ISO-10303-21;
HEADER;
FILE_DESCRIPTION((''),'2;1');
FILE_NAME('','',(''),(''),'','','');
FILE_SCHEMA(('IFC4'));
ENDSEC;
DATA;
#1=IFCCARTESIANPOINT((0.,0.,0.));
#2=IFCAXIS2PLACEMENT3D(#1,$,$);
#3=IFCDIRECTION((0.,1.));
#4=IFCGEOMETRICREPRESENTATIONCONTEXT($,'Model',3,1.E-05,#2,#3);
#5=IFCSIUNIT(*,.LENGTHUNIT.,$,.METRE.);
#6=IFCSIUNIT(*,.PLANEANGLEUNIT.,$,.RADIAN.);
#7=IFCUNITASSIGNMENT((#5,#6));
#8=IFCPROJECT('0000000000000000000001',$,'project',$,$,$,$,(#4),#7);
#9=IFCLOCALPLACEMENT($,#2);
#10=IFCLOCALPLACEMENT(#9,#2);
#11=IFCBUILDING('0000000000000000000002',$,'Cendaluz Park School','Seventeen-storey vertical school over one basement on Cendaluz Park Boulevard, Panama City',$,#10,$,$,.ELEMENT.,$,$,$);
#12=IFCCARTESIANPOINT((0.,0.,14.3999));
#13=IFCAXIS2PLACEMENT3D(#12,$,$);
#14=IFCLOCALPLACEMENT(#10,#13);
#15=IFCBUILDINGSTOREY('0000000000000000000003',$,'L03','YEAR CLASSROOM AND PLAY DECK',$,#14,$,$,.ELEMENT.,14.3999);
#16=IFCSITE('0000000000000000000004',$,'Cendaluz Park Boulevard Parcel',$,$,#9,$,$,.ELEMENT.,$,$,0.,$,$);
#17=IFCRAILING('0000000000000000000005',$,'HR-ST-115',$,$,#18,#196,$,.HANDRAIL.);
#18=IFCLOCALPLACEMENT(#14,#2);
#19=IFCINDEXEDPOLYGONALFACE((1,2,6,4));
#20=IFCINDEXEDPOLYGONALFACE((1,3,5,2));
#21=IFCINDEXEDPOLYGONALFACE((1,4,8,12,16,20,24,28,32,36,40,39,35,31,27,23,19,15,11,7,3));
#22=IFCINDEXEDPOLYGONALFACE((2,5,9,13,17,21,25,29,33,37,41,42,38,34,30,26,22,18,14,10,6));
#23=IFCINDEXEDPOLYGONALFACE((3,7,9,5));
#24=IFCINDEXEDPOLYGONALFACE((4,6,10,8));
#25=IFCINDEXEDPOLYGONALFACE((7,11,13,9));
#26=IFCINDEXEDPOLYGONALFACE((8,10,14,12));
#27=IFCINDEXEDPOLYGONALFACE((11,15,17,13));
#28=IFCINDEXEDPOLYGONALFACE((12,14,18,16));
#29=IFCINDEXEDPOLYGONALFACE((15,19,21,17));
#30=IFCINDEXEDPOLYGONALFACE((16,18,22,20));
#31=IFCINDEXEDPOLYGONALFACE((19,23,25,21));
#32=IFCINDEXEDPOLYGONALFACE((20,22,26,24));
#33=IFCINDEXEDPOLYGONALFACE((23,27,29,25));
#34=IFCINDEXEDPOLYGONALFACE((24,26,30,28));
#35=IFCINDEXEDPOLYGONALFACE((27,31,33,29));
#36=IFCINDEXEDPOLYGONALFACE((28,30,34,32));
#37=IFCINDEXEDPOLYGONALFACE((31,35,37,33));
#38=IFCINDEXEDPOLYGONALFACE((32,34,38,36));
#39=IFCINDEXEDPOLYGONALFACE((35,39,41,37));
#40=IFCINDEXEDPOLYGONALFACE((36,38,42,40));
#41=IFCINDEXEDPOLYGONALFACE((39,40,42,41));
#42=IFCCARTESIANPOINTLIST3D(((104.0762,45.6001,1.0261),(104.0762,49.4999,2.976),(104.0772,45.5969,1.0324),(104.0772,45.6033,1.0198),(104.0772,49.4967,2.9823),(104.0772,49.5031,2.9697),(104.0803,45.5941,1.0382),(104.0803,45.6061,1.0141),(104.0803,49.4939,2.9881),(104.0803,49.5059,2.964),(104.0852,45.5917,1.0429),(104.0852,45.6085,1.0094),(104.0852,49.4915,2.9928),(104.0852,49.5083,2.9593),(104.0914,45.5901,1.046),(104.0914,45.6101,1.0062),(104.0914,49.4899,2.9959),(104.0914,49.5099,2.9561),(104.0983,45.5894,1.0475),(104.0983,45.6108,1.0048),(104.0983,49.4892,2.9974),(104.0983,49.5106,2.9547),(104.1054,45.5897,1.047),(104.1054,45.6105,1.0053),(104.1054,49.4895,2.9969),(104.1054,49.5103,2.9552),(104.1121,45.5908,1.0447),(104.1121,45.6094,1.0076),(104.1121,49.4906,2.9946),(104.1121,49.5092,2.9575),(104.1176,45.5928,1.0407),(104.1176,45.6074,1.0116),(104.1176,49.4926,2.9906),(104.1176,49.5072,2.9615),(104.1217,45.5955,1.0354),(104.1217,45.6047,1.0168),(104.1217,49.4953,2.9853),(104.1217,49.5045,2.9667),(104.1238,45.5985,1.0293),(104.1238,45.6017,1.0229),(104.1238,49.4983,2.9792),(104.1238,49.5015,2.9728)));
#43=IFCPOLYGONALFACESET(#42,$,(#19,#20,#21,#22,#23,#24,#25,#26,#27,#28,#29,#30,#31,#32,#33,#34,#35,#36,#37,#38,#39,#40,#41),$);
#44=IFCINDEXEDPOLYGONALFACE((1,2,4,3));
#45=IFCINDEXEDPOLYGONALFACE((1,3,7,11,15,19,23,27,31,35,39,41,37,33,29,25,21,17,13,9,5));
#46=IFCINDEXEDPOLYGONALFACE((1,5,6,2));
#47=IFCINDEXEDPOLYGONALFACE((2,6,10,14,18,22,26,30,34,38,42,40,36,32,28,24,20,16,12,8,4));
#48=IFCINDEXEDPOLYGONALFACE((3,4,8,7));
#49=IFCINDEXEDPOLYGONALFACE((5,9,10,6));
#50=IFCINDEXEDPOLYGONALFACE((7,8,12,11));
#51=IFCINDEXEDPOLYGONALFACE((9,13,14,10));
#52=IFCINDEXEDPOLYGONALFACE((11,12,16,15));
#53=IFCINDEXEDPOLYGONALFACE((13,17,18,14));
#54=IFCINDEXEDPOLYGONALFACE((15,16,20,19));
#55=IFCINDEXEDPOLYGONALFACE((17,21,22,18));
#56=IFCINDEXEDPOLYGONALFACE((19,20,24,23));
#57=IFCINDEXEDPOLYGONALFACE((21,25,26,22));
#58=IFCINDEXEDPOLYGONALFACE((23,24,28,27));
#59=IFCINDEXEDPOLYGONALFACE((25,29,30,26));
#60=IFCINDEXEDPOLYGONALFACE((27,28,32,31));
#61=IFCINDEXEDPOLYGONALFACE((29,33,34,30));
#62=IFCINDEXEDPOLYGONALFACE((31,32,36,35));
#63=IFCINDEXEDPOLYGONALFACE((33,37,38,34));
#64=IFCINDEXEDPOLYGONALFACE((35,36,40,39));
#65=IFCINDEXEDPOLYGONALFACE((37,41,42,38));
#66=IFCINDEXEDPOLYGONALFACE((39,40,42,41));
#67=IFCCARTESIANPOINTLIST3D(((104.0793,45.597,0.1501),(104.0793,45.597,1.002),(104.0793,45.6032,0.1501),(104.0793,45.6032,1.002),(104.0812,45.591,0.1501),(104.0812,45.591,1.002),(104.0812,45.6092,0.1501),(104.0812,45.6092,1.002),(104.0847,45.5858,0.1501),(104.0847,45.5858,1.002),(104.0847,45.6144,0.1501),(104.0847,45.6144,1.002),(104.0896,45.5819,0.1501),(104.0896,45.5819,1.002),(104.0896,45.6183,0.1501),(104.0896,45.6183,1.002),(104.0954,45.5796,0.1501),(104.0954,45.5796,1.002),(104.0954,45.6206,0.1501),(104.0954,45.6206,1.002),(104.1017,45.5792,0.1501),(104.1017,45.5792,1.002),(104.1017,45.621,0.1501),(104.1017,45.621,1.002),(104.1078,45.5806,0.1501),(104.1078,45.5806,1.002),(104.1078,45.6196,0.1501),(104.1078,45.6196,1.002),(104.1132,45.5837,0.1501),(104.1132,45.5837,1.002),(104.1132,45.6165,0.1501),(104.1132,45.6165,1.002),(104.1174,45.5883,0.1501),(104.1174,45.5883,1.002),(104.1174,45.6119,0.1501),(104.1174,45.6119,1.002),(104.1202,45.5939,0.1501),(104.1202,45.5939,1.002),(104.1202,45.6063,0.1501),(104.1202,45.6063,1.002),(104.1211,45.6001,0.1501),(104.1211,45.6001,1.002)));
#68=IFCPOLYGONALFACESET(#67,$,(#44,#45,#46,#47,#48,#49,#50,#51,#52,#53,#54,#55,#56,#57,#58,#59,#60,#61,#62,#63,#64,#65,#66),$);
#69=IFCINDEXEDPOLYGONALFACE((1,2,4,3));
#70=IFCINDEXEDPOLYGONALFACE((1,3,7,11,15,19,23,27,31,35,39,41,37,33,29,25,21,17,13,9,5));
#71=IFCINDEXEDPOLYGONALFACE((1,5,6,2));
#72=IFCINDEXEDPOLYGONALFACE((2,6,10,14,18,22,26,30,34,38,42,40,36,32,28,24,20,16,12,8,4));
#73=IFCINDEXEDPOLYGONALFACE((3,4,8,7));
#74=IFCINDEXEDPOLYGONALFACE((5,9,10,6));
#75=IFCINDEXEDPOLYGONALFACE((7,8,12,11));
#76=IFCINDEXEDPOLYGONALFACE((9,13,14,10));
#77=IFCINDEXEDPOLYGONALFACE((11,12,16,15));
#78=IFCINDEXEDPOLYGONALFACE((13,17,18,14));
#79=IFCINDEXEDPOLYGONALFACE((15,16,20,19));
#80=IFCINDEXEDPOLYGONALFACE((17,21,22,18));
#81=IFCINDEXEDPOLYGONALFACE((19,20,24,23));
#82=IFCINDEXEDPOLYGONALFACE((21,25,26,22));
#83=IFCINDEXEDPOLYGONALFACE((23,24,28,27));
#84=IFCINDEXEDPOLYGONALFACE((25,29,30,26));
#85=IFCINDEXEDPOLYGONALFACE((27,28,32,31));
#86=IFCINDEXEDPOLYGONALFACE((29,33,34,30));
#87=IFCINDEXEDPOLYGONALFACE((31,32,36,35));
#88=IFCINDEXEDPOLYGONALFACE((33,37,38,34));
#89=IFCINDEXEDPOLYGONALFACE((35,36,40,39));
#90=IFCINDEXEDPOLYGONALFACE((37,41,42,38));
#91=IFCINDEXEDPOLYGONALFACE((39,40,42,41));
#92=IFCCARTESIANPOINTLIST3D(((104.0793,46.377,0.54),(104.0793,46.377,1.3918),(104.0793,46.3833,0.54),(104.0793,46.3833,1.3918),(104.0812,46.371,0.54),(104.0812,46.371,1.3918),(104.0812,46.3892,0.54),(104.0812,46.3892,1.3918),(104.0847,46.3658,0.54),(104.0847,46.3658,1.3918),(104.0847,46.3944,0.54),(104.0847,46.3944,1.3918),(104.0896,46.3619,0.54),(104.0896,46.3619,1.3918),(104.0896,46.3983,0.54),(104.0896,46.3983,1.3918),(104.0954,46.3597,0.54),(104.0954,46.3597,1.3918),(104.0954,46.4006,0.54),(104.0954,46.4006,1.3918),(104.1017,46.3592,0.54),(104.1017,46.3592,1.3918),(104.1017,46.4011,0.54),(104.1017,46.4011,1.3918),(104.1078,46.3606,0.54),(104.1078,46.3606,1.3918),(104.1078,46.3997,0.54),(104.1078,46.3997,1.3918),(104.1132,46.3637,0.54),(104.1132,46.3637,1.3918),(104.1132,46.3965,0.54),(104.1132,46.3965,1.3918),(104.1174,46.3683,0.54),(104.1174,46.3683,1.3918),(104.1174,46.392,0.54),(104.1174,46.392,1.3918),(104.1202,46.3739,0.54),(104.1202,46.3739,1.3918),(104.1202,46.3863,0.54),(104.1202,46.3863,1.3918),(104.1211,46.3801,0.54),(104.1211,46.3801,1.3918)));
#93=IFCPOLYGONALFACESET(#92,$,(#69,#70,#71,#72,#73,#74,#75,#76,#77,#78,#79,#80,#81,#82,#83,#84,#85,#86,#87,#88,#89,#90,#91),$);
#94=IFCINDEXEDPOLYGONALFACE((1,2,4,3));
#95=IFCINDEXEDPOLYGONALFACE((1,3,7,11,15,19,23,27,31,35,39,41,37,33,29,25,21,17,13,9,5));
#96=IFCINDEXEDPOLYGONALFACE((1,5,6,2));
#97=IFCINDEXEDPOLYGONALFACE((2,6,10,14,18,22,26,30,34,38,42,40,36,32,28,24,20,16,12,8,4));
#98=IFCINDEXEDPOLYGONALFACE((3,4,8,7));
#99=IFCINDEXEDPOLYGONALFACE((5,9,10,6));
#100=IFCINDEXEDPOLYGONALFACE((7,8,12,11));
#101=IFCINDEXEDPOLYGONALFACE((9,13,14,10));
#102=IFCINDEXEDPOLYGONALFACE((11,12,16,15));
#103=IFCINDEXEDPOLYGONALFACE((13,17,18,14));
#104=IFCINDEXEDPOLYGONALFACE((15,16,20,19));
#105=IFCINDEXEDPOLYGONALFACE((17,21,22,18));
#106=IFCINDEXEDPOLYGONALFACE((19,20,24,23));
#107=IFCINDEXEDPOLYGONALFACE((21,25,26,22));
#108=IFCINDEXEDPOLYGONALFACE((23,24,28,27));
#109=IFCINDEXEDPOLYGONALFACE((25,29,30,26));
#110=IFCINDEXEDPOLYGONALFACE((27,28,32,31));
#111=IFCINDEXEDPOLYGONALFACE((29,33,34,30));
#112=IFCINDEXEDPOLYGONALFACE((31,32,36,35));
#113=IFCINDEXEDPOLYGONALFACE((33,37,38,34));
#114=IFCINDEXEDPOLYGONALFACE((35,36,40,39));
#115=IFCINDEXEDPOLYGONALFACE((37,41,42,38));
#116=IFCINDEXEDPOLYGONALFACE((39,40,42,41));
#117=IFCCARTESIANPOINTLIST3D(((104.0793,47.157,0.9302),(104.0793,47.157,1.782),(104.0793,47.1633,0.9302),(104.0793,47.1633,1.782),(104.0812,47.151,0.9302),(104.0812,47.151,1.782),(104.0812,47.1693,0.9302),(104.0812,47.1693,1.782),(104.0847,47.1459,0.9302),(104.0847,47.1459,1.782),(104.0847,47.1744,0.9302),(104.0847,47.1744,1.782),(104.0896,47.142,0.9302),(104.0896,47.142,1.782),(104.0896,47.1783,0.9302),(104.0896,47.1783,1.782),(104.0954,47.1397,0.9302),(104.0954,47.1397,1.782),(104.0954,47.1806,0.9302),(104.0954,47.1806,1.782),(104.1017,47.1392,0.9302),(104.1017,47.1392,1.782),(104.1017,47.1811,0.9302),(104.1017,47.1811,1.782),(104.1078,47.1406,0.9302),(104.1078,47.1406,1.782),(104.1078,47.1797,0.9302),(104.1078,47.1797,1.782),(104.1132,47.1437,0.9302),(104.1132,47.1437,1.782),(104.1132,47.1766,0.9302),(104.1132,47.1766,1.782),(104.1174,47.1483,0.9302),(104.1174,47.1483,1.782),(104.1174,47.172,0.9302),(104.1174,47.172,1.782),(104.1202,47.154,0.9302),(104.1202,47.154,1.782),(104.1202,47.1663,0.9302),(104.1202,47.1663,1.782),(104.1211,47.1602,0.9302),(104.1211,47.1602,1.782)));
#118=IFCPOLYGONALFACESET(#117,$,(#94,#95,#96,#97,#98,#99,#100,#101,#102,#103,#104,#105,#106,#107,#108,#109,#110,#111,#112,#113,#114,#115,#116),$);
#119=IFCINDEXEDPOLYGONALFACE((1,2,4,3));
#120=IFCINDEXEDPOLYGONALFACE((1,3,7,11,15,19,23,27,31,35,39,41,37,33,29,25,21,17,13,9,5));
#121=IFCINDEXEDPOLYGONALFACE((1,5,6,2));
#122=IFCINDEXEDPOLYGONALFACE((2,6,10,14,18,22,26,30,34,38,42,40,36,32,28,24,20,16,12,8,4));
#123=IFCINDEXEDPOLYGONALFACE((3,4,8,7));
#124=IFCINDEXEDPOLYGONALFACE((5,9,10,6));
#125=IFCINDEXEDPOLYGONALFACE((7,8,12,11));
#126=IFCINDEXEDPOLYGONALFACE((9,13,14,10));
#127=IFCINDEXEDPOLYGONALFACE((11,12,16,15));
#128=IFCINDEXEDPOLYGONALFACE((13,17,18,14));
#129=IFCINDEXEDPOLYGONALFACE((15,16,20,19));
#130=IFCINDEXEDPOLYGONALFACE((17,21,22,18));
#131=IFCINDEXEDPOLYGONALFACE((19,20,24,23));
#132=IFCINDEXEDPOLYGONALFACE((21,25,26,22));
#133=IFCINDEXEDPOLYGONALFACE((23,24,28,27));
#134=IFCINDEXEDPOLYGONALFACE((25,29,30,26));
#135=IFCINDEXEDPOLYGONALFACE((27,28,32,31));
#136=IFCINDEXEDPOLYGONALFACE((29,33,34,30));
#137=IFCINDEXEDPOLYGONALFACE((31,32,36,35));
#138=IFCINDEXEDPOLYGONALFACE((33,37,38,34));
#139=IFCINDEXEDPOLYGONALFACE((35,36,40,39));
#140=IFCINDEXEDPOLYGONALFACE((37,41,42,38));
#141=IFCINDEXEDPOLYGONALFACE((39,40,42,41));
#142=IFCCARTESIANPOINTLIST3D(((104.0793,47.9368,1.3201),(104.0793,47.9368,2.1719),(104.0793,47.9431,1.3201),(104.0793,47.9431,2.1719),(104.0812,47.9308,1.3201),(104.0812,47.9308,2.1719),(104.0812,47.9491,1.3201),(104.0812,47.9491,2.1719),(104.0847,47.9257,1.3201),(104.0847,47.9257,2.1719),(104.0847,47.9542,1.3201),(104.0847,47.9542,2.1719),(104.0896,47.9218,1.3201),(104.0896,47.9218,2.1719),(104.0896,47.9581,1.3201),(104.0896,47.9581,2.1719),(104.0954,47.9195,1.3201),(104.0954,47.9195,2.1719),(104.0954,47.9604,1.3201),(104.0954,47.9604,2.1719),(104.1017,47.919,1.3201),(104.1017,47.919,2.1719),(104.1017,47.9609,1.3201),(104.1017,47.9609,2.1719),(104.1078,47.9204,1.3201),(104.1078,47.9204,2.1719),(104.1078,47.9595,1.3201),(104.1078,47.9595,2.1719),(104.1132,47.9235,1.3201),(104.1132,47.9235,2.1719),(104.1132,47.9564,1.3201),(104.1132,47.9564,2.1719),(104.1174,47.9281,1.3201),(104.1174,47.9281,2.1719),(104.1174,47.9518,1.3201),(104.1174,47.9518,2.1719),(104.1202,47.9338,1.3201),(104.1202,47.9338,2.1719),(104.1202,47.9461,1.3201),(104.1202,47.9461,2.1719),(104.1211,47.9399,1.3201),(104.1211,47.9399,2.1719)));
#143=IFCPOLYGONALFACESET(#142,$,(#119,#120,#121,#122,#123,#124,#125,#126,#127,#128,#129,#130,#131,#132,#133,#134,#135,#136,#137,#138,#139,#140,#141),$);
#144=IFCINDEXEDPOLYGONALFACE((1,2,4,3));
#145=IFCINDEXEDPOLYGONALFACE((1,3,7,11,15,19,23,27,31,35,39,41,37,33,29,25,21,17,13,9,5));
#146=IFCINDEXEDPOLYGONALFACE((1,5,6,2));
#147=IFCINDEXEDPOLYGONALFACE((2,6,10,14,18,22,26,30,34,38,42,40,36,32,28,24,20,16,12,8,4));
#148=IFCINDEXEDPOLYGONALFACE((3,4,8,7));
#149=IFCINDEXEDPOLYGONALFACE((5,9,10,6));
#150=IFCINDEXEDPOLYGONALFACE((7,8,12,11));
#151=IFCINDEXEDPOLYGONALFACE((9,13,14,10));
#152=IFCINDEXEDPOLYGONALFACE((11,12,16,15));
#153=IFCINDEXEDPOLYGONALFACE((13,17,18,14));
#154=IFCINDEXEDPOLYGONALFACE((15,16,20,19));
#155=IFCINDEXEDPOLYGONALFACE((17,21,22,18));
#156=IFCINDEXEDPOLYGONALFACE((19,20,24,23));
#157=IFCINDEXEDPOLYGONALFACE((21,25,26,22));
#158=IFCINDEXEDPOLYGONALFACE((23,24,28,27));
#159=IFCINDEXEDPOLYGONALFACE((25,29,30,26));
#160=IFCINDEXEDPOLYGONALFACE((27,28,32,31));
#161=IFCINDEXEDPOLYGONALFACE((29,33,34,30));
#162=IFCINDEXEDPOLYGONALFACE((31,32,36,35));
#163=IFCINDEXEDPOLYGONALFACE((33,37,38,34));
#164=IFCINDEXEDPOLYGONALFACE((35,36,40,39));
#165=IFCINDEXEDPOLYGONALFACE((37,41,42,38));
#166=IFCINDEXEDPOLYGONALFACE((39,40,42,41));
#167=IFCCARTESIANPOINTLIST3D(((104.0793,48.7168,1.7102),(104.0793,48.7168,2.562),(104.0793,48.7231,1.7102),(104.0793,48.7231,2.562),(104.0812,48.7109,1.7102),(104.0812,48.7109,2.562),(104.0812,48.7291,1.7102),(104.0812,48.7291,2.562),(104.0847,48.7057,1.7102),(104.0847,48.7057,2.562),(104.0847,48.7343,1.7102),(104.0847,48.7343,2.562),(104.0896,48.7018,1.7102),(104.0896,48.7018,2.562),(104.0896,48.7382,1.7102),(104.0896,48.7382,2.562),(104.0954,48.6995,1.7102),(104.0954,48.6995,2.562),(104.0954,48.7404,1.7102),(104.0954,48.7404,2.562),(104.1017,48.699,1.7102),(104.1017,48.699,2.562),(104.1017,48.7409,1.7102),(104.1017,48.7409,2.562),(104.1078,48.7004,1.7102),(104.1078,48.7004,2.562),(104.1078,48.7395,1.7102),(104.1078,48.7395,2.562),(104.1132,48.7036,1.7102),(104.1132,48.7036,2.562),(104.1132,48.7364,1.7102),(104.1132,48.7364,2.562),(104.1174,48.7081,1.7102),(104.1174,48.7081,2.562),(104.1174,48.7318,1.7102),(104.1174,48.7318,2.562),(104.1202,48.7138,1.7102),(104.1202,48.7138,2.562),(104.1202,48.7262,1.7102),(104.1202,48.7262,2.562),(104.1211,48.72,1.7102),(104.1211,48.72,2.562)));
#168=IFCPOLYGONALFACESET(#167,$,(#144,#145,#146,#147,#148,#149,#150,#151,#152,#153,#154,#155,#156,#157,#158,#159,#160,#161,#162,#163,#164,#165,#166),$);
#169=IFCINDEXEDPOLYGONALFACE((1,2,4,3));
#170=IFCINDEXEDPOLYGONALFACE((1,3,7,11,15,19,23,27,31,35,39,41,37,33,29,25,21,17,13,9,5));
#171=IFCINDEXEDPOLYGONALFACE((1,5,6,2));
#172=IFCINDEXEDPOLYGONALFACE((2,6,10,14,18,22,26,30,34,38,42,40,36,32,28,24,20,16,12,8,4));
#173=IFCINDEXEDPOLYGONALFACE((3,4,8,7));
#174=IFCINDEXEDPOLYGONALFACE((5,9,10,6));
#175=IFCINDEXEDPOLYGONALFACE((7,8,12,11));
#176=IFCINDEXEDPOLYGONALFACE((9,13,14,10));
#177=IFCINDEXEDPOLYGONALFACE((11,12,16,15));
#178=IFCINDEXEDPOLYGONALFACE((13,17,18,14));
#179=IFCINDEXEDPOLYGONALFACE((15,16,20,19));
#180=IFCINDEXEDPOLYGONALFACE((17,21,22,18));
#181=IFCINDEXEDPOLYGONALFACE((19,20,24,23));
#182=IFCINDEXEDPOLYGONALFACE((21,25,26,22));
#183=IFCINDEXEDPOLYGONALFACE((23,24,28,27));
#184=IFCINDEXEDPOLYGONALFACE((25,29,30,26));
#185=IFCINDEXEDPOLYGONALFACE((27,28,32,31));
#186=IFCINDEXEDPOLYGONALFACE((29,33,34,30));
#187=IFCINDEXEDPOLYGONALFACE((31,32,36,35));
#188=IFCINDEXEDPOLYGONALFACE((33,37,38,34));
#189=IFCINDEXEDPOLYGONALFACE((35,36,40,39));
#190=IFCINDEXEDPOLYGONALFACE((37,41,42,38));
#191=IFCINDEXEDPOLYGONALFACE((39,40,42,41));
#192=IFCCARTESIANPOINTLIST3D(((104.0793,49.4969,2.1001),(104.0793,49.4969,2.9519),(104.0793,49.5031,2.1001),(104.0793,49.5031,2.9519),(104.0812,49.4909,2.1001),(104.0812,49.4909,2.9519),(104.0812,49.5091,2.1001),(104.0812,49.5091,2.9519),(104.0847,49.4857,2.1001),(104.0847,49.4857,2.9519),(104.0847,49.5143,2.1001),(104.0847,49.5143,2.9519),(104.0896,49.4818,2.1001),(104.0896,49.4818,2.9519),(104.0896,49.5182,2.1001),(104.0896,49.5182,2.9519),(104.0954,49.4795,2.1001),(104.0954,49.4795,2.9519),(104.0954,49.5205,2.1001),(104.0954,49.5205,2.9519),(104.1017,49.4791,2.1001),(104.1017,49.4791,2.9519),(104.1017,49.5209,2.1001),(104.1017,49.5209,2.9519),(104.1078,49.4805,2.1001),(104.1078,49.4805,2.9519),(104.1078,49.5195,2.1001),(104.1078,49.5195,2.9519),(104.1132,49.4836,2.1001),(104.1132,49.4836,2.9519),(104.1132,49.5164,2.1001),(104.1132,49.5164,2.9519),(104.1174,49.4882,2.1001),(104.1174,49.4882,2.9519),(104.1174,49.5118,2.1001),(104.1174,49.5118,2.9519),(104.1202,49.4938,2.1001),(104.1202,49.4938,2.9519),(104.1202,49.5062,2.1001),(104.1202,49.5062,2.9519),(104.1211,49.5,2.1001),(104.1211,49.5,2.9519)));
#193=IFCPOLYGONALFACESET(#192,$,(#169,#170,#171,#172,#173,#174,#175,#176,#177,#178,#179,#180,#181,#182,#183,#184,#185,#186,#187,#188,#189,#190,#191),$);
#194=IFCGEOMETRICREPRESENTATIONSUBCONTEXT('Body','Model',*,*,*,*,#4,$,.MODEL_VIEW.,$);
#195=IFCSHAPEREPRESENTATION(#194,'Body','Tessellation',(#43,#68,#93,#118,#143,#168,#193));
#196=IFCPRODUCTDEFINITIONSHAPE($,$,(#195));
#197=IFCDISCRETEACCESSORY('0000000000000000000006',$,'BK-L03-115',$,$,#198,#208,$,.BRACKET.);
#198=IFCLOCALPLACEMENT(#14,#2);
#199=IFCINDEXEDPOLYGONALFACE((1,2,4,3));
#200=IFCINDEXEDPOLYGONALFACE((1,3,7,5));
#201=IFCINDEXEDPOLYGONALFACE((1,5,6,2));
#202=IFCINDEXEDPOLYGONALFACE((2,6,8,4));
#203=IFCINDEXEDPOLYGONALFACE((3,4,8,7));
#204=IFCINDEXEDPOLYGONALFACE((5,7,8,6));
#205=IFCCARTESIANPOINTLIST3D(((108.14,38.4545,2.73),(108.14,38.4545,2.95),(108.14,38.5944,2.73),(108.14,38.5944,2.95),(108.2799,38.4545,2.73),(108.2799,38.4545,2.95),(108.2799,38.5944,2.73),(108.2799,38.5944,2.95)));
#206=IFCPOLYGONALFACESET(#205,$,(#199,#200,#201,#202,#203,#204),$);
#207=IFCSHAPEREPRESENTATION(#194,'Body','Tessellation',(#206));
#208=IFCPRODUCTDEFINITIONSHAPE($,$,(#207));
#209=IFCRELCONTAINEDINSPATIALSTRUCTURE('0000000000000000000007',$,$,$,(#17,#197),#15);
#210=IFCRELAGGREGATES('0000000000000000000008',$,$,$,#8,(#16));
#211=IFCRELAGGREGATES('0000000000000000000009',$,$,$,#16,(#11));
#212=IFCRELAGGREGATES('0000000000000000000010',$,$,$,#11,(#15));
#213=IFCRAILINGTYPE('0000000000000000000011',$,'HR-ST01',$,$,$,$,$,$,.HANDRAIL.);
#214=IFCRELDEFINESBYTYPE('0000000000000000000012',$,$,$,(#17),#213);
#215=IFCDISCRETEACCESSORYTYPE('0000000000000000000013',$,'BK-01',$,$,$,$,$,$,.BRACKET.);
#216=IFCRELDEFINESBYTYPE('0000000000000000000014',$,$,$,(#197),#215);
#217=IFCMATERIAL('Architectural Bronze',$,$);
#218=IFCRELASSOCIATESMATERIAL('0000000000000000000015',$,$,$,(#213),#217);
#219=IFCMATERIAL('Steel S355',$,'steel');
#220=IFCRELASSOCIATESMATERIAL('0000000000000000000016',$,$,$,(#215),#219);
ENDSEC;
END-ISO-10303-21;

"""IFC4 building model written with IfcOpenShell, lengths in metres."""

from ifc_helpers import new_model, si_unit, direction, frame, origin, origin_2d, place, context, subcontext, project, spatial, rectangle, circle, extrude, material, type_object, element, save


model = new_model("IFC4")

# Units and contexts
model_context = context("Model", 3, precision=1e-05, world=origin(), true_north=direction((0.0, 1.0)))
body_context = subcontext(model_context, "Body", "Model", "MODEL_VIEW")
ifc_project = project(units=[si_unit("LENGTHUNIT", "METRE"), si_unit("PLANEANGLEUNIT", "RADIAN")], contexts=[model_context])

# Site, building, storey
site_placement = place(None, origin())
site = spatial("IfcSite", under=ifc_project, at=site_placement, Name="Cendaluz Park Boulevard Parcel", CompositionType="ELEMENT", RefElevation=0.0)
building_placement = place(site_placement, origin())
building = spatial("IfcBuilding", under=site, at=building_placement, Name="Cendaluz Park School", Description="Seventeen-storey vertical school over one basement on Cendaluz Park Boulevard, Panama City", CompositionType="ELEMENT")
storey_placement = place(building_placement, frame((0.0, 0.0, 14.3999)))
storey = spatial("IfcBuildingStorey", under=building, at=storey_placement, Name="L03", Description="YEAR CLASSROOM AND PLAY DECK", CompositionType="ELEMENT", Elevation=14.3999)

# Railing
ifc_material_1 = material(Name="Architectural Bronze")
railing_type_1 = type_object("IfcRailingType", Name="HR-ST01", PredefinedType="HANDRAIL", material=ifc_material_1)
railing_1_placement = place(storey_placement, frame((104.1001, 45.6001, 0.1501)))
element("IfcRailing", 1, at=railing_1_placement, inside=storey, type_object=railing_type_1, Name="HR-ST-115", PredefinedType="HANDRAIL", context=body_context, shape_type="SweptSolid", body=[
    extrude(circle(Radius=0.0239, at=origin_2d()), frame((0.0, 0.0, 0.876), z_axis=(0.0, 0.894427, 0.447214), x_axis=(-1.0, 0.0, 0.0)), (0.0, 0.0, 1.0), 4.3601),
    extrude(circle(Radius=0.021, at=origin_2d()), origin(), (0.0, 0.0, 1.0), 0.8518),
    extrude(circle(Radius=0.021, at=origin_2d()), frame((0.0, 0.78, 0.3899)), (0.0, 0.0, 1.0), 0.8518),
    extrude(circle(Radius=0.021, at=origin_2d()), frame((0.0, 1.5601, 0.78)), (0.0, 0.0, 1.0), 0.8518),
    extrude(circle(Radius=0.021, at=origin_2d()), frame((0.0, 2.3398, 1.1699)), (0.0, 0.0, 1.0), 0.8518),
    extrude(circle(Radius=0.021, at=origin_2d()), frame((0.0, 3.1199, 1.5601)), (0.0, 0.0, 1.0), 0.8518),
    extrude(circle(Radius=0.021, at=origin_2d()), frame((0.0, 3.8999, 1.95)), (0.0, 0.0, 1.0), 0.8518),
])

# Discrete accessory
ifc_material_2 = material(Name="Steel S355", Category="steel")
discrete_accessory_type = type_object("IfcDiscreteAccessoryType", Name="BK-01", PredefinedType="BRACKET", material=ifc_material_2)
for number, where, z_axis, x_axis, name in (
    (2, (108.21, 38.5244, 2.73), (0.0, 0.0, 1.0), (0.0, 1.0, 0.0), "BK-L03-115"),
):
    element("IfcDiscreteAccessory", number, at=place(storey_placement, frame(where, z_axis=z_axis, x_axis=x_axis)), inside=storey, type_object=discrete_accessory_type, Name=name, PredefinedType="BRACKET", context=body_context, shape_type="SweptSolid", body=[
        extrude(rectangle(XDim=0.1399, YDim=0.1399, at=origin_2d()), origin(), (0.0, 0.0, 1.0), 0.22),
    ])

save(model, "model.ifc")
